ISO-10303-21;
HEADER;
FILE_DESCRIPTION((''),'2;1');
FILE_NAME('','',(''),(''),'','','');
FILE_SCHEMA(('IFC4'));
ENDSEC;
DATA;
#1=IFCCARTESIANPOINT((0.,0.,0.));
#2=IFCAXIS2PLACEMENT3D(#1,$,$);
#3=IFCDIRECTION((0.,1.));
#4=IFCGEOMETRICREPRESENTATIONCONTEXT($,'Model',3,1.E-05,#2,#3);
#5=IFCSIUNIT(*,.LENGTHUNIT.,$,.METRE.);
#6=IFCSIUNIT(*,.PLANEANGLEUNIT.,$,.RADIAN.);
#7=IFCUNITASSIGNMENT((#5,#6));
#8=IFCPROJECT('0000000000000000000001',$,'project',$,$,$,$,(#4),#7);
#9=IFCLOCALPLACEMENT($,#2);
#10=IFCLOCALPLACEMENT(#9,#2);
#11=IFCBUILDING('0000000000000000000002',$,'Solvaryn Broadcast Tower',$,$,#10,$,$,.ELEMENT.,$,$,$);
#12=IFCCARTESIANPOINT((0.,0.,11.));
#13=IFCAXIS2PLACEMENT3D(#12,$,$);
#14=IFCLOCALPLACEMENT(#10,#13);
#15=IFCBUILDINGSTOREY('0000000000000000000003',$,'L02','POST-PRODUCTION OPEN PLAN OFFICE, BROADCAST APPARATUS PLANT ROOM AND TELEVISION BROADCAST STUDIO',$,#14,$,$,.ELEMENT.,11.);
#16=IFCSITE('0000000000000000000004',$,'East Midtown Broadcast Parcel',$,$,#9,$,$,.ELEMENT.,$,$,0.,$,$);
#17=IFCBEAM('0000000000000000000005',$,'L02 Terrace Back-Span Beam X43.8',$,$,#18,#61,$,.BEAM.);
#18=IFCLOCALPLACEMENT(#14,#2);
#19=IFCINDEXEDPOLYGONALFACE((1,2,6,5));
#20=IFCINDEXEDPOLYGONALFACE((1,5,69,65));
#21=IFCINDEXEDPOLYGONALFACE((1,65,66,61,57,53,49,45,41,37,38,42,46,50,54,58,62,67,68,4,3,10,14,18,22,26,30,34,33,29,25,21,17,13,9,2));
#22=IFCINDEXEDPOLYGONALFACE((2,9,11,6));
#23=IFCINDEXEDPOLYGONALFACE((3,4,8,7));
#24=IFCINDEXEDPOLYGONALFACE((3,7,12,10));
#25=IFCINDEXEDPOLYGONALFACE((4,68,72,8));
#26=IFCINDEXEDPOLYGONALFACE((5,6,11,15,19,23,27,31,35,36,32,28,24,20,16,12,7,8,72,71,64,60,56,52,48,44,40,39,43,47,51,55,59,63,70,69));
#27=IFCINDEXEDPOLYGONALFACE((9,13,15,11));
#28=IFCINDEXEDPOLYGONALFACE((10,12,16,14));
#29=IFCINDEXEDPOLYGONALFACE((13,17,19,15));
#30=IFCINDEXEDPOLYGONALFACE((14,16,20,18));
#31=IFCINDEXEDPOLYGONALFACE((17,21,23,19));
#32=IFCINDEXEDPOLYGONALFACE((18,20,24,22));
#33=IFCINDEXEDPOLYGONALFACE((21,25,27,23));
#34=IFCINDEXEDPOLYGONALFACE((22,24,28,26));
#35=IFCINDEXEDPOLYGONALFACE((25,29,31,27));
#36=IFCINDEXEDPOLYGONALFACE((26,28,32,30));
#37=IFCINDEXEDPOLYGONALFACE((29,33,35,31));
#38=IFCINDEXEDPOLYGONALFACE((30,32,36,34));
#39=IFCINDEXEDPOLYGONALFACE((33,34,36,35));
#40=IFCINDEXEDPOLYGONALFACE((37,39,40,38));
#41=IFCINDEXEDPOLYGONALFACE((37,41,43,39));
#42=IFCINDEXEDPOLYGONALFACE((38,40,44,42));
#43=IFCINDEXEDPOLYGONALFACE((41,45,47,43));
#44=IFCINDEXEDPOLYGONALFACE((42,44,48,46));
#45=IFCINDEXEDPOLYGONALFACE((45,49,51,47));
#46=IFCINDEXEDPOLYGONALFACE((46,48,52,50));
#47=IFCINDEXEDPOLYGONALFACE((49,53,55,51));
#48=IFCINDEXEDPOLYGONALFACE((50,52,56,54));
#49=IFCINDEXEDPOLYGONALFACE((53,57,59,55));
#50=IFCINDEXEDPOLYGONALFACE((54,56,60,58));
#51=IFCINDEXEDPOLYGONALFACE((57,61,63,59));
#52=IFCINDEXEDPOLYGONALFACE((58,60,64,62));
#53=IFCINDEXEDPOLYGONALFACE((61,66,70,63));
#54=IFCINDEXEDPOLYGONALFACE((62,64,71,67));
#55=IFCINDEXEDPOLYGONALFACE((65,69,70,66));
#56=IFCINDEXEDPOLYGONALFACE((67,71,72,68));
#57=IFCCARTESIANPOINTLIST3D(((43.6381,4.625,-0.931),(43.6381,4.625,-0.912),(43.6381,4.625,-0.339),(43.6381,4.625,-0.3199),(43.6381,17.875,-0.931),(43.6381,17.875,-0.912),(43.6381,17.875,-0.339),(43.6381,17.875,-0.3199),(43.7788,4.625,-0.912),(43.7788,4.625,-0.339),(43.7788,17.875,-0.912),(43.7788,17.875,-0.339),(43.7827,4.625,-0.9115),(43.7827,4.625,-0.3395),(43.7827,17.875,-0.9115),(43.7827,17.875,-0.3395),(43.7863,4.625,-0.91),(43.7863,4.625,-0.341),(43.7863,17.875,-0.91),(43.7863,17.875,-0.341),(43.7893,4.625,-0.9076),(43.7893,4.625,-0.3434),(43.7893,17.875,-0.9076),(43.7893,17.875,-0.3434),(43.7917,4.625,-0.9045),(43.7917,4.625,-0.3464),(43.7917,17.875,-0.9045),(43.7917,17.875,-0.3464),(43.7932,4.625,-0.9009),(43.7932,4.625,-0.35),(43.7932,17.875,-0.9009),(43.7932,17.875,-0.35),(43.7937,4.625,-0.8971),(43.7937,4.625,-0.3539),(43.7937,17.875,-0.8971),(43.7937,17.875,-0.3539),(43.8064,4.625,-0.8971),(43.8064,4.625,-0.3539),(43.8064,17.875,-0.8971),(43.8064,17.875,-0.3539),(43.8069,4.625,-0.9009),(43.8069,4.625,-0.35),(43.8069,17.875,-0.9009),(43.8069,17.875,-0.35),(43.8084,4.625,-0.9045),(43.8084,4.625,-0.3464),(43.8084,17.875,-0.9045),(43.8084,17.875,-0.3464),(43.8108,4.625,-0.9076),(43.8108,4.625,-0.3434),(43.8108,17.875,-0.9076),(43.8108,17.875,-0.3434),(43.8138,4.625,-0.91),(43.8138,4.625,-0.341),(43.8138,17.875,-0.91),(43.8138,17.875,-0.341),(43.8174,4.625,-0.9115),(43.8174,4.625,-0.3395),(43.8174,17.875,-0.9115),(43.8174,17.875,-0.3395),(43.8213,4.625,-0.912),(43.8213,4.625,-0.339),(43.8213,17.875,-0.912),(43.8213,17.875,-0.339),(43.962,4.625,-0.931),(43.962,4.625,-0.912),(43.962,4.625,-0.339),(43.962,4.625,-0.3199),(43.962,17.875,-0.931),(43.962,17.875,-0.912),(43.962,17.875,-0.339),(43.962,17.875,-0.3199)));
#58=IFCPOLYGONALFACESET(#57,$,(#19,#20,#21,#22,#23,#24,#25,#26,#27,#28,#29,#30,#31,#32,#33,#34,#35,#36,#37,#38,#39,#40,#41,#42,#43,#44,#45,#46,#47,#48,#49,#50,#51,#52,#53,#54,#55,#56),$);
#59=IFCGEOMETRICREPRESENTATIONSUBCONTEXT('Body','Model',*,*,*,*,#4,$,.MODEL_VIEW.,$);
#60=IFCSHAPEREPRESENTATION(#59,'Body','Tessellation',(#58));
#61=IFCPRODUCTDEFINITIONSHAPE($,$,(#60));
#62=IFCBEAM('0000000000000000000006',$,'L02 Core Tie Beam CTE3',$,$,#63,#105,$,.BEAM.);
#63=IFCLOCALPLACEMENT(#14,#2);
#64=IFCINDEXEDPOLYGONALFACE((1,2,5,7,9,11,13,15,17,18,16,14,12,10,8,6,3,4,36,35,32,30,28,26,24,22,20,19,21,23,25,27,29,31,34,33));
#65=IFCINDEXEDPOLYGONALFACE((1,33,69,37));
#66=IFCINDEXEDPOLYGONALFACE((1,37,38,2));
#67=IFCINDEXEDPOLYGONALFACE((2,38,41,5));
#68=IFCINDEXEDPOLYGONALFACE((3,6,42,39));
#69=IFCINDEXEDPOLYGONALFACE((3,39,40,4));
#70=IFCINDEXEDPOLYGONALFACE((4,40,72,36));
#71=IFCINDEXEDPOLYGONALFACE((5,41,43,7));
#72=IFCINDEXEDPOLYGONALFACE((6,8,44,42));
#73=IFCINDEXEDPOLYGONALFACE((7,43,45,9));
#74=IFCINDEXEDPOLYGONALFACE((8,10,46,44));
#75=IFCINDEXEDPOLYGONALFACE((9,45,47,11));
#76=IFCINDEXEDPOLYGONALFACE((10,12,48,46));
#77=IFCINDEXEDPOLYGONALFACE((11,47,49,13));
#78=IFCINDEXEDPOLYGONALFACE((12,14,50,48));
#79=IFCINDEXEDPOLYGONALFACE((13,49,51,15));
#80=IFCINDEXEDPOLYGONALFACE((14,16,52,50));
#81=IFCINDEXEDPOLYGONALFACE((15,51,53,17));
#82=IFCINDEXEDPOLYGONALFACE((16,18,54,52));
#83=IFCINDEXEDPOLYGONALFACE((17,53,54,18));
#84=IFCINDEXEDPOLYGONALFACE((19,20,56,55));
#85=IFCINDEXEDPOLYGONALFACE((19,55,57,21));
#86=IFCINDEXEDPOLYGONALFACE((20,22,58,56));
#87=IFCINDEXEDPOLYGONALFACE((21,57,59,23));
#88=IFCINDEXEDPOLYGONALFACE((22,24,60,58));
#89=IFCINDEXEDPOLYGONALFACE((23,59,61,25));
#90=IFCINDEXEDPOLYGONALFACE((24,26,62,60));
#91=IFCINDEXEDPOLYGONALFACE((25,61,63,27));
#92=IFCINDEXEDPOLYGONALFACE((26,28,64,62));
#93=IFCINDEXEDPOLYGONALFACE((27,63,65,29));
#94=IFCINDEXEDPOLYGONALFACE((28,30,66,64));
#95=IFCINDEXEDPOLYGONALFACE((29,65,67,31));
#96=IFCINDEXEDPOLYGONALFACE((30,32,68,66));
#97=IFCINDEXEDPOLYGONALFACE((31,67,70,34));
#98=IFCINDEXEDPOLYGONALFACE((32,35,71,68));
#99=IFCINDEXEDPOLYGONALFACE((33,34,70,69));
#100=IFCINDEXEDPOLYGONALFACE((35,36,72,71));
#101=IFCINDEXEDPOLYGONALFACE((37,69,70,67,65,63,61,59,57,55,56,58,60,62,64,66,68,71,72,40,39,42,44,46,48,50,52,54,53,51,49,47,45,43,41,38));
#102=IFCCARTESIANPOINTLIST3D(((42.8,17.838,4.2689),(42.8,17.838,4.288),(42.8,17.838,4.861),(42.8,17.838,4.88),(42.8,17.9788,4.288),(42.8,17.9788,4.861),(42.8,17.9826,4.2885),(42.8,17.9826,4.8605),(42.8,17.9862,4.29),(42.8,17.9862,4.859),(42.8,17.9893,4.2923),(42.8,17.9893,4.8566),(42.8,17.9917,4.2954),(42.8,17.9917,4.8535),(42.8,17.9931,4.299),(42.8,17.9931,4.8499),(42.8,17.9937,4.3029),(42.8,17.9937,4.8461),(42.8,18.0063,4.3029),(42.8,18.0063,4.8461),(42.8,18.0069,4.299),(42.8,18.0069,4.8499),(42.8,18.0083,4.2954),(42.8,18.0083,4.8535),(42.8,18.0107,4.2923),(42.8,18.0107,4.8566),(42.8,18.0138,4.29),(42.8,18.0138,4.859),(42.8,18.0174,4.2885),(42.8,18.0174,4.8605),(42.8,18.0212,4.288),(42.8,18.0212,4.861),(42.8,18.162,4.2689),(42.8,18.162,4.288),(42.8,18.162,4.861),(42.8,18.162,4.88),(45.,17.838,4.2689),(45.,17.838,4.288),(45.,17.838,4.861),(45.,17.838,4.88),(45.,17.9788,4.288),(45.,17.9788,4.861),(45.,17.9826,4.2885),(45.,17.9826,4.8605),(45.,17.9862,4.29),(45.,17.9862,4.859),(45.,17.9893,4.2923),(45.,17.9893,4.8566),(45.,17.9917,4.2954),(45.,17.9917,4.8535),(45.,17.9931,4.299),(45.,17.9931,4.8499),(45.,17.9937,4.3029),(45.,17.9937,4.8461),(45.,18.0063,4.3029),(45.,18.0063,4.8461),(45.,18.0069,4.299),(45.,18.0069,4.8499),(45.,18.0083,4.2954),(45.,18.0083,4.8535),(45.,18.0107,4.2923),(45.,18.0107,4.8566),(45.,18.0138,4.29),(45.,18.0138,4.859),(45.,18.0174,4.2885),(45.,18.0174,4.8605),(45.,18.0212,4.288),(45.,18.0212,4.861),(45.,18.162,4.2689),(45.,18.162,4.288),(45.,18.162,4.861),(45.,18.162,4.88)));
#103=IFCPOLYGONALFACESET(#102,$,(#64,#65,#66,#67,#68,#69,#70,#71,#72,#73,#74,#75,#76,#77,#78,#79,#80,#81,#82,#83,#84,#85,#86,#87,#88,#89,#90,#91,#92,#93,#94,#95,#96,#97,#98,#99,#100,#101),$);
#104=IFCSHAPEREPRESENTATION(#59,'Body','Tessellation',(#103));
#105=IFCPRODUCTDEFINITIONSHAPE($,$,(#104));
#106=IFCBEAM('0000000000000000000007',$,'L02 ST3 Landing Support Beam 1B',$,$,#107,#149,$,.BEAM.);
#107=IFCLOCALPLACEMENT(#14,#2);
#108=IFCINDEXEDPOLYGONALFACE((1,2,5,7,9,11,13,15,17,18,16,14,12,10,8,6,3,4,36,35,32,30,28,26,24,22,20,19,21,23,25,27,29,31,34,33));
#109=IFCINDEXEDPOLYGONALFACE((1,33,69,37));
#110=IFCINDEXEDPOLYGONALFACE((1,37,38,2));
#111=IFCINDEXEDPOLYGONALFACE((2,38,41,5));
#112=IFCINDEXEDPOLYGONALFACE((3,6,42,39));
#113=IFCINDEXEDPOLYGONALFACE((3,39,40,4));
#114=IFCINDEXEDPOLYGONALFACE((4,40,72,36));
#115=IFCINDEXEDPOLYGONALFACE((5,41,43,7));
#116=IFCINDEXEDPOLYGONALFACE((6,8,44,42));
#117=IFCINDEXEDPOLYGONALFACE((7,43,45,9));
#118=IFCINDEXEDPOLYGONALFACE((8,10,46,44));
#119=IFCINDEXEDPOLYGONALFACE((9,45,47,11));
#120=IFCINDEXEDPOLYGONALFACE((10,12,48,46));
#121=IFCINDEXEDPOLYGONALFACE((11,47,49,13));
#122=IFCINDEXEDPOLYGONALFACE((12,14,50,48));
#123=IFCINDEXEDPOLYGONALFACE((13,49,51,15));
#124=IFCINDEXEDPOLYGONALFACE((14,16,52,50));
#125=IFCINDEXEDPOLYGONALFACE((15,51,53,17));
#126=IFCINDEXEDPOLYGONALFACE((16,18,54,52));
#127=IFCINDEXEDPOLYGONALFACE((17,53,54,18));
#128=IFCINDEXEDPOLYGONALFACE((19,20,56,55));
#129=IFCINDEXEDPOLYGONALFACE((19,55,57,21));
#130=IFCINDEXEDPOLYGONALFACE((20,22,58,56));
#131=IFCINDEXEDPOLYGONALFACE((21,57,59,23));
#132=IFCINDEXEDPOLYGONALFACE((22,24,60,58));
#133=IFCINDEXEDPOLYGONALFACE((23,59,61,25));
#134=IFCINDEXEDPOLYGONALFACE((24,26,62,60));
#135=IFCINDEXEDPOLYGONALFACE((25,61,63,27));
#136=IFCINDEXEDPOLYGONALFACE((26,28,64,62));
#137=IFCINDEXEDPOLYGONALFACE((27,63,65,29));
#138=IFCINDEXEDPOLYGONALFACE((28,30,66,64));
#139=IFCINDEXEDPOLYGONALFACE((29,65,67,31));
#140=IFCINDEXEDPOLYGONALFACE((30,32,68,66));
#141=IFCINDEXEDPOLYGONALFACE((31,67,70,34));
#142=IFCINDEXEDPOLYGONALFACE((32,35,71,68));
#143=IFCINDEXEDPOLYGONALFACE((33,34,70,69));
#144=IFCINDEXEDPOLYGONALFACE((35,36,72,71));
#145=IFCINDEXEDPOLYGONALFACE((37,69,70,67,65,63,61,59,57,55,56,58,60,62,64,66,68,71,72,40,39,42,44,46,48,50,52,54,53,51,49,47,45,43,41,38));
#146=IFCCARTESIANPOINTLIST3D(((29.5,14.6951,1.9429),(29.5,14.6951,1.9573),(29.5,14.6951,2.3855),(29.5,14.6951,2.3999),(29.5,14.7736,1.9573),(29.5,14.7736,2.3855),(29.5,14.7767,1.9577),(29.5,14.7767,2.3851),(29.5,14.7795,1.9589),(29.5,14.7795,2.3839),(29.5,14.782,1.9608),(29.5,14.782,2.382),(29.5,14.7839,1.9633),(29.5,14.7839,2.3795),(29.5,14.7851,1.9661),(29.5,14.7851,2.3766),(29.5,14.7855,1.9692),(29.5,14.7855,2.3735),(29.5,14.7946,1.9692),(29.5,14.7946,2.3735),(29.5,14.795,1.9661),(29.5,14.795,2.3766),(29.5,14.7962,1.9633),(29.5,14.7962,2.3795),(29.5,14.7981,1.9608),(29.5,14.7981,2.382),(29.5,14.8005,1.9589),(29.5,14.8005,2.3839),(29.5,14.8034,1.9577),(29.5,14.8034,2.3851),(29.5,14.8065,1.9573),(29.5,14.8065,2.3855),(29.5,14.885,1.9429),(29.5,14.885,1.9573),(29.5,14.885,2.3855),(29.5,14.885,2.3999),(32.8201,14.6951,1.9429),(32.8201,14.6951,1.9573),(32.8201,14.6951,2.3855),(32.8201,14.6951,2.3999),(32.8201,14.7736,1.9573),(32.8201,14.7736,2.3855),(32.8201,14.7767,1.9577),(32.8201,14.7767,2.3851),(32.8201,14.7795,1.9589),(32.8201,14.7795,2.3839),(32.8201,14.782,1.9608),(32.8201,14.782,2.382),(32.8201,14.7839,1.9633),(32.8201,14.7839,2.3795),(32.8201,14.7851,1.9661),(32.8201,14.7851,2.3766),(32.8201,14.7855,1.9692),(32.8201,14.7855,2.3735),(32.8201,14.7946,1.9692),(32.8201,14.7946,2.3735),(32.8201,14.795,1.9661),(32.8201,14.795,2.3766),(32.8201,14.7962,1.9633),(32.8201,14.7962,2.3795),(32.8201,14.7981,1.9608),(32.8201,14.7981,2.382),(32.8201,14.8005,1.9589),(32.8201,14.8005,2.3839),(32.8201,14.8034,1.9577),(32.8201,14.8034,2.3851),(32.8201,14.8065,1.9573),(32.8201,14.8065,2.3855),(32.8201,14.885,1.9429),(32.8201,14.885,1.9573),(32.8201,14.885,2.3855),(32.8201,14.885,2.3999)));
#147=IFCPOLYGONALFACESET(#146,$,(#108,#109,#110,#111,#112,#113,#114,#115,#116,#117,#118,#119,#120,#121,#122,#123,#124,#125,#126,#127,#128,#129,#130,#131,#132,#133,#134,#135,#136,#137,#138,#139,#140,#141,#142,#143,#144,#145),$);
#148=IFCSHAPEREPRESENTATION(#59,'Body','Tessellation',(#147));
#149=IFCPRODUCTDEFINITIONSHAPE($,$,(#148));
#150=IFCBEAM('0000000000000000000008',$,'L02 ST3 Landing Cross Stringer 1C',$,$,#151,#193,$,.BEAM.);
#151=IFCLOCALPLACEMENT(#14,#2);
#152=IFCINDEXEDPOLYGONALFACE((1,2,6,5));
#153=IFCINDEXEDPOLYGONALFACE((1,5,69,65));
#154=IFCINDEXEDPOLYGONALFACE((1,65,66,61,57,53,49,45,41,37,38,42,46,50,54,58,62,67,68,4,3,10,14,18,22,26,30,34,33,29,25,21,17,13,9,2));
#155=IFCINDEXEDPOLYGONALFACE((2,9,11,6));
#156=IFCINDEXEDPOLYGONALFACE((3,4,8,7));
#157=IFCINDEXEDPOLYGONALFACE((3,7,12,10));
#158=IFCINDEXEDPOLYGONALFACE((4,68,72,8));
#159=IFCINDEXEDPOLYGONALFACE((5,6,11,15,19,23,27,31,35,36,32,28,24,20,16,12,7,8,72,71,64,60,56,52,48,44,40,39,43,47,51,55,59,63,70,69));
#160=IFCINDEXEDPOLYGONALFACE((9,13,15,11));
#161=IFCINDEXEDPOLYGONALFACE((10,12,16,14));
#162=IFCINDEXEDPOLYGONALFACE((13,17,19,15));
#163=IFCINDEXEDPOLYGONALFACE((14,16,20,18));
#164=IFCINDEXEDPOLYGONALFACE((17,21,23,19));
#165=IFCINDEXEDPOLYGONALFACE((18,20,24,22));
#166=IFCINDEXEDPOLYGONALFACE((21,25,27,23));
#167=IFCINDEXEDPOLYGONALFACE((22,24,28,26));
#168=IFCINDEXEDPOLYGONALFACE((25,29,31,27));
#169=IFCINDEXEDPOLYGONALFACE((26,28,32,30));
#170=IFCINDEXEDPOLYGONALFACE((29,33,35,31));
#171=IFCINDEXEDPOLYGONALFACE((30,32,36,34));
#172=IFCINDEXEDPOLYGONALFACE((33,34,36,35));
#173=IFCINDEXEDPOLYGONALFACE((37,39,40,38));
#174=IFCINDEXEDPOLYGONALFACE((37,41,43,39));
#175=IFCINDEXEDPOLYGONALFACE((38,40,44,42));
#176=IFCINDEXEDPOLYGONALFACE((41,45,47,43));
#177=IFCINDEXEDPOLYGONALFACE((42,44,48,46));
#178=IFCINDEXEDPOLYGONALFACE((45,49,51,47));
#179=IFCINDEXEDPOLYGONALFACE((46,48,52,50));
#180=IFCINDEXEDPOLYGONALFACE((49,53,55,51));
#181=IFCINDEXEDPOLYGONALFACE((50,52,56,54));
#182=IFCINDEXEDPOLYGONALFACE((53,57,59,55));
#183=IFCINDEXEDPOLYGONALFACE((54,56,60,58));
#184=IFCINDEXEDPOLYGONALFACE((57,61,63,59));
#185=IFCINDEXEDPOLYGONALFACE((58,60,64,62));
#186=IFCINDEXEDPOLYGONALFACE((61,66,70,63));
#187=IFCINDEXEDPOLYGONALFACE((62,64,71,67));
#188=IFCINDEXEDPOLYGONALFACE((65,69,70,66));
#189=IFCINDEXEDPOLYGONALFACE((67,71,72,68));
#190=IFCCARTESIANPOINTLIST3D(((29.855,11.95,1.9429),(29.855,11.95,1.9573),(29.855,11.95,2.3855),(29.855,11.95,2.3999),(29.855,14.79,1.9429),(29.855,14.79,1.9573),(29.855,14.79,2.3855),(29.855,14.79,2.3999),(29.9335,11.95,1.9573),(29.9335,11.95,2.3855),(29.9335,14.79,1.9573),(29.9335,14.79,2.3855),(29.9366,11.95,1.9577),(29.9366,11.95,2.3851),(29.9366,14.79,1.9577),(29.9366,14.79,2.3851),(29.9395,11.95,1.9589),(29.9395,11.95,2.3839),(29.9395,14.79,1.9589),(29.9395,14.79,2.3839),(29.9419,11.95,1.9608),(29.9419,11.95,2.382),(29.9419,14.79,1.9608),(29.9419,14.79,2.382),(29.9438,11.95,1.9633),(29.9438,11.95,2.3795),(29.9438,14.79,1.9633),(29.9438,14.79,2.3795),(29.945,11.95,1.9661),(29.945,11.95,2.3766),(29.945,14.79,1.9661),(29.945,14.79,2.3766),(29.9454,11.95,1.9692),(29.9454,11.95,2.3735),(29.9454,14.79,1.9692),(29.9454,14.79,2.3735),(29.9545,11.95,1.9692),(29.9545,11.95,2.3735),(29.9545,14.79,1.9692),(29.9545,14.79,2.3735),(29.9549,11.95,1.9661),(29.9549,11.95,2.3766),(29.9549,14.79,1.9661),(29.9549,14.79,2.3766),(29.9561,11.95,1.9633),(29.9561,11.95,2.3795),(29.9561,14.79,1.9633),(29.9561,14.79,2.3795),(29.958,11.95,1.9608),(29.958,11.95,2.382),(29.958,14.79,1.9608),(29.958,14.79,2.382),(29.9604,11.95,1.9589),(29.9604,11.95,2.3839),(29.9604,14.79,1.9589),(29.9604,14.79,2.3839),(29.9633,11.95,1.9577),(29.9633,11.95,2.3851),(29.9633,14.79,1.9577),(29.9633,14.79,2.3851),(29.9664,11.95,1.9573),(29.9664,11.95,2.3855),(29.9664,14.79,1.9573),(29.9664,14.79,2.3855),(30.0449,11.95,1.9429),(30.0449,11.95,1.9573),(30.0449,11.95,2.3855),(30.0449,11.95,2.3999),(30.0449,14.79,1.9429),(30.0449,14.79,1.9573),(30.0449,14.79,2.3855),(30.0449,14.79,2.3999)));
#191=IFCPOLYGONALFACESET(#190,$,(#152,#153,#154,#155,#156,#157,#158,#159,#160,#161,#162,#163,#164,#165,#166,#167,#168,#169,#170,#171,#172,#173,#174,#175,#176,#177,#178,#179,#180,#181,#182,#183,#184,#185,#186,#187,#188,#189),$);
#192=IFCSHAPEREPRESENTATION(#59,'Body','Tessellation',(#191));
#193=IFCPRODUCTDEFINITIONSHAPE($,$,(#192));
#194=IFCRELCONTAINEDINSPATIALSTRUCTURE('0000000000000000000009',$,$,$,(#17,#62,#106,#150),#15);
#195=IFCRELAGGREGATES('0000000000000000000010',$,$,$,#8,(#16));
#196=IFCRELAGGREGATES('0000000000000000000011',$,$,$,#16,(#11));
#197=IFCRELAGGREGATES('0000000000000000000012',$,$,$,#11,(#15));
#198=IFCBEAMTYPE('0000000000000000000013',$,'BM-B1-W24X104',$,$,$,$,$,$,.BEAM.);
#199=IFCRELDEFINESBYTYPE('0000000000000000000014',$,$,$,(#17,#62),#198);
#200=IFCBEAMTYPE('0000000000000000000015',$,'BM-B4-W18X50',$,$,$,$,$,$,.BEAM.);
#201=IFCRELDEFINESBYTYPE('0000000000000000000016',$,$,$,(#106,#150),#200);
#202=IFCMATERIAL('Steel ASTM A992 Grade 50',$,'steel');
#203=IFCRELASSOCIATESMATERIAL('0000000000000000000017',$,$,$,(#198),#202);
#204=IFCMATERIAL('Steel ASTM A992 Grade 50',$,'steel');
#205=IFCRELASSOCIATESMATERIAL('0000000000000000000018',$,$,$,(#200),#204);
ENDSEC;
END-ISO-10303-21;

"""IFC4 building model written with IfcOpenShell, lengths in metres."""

from ifc_helpers import new_model, si_unit, direction, frame, origin, origin_2d, place, context, subcontext, project, spatial, i_section, extrude, material, material_profile, profile_set, type_object, element, save


model = new_model("IFC4")

# Units and contexts
model_context = context("Model", 3, precision=1e-05, world=origin(), true_north=direction((0.0, 1.0)))
body_context = subcontext(model_context, "Body", "Model", "MODEL_VIEW")
ifc_project = project(units=[si_unit("LENGTHUNIT", "METRE"), si_unit("PLANEANGLEUNIT", "RADIAN")], contexts=[model_context])

# Site, building, storey
site_placement = place(None, origin())
site = spatial("IfcSite", under=ifc_project, at=site_placement, Name="East Midtown Broadcast Parcel", CompositionType="ELEMENT", RefElevation=0.0)
building_placement = place(site_placement, origin())
building = spatial("IfcBuilding", under=site, at=building_placement, Name="Solvaryn Broadcast Tower", CompositionType="ELEMENT")
storey_placement = place(building_placement, frame((0.0, 0.0, 11.0)))
storey = spatial("IfcBuildingStorey", under=building, at=storey_placement, Name="L02", Description="POST-PRODUCTION OPEN PLAN OFFICE, BROADCAST APPARATUS PLANT ROOM AND TELEVISION BROADCAST STUDIO", CompositionType="ELEMENT", Elevation=11.0)

# Beams
ifc_material_1 = material(Name="Steel ASTM A992 Grade 50", Category="steel")
ifc_material_profile_1 = material_profile(ifc_material_1, i_section(OverallWidth=0.324, OverallDepth=0.6111, WebThickness=0.0127, FlangeThickness=0.019, FilletRadius=0.0149, at=origin_2d()))
ifc_profile_set_1 = profile_set([ifc_material_profile_1], Name="Steel ASTM A992 Grade 50")
beam_type_1 = type_object("IfcBeamType", Name="BM-B1-W24X104", PredefinedType="BEAM", material=ifc_profile_set_1)
beam_1_placement = place(storey_placement, frame((43.8, 17.875, -0.6255), z_axis=(0.0, -1.0, 0.0), x_axis=(1.0, 0.0, 0.0)))
element("IfcBeam", 1, at=beam_1_placement, inside=storey, type_object=beam_type_1, Name="L02 Terrace Back-Span Beam X43.8", PredefinedType="BEAM", context=body_context, shape_type="SweptSolid", body=[
    extrude(i_section(OverallWidth=0.324, OverallDepth=0.6111, WebThickness=0.0127, FlangeThickness=0.019, FilletRadius=0.0149, at=origin_2d()), origin(), (0.0, 0.0, 1.0), 13.25),
])
beam_2_placement = place(storey_placement, frame((42.8, 18.0, 4.5745), z_axis=(1.0, 0.0, 0.0), x_axis=(0.0, 1.0, 0.0)))
element("IfcBeam", 2, at=beam_2_placement, inside=storey, type_object=beam_type_1, Name="L02 Core Tie Beam CTE3", PredefinedType="BEAM", context=body_context, shape_type="SweptSolid", body=[
    extrude(i_section(OverallWidth=0.324, OverallDepth=0.6111, WebThickness=0.0127, FlangeThickness=0.019, FilletRadius=0.0149, at=origin_2d()), origin(), (0.0, 0.0, 1.0), 2.2),
])
ifc_material_2 = material(Name="Steel ASTM A992 Grade 50", Category="steel")
ifc_material_profile_2 = material_profile(ifc_material_2, i_section(OverallWidth=0.1899, OverallDepth=0.457, WebThickness=0.009, FlangeThickness=0.0144, FilletRadius=0.012, at=origin_2d()))
ifc_profile_set_2 = profile_set([ifc_material_profile_2], Name="Steel ASTM A992 Grade 50")
beam_type_2 = type_object("IfcBeamType", Name="BM-B4-W18X50", PredefinedType="BEAM", material=ifc_profile_set_2)
beam_3_placement = place(storey_placement, frame((29.5, 14.79, 2.1714), z_axis=(1.0, 0.0, 0.0), x_axis=(0.0, 1.0, 0.0)))
element("IfcBeam", 3, at=beam_3_placement, inside=storey, type_object=beam_type_2, Name="L02 ST3 Landing Support Beam 1B", PredefinedType="BEAM", context=body_context, shape_type="SweptSolid", body=[
    extrude(i_section(OverallWidth=0.1899, OverallDepth=0.457, WebThickness=0.009, FlangeThickness=0.0144, FilletRadius=0.012, at=origin_2d()), origin(), (0.0, 0.0, 1.0), 3.3201),
])
beam_4_placement = place(storey_placement, frame((29.95, 11.95, 2.1714), z_axis=(0.0, 1.0, 0.0), x_axis=(-1.0, 0.0, 0.0)))
element("IfcBeam", 4, at=beam_4_placement, inside=storey, type_object=beam_type_2, Name="L02 ST3 Landing Cross Stringer 1C", PredefinedType="BEAM", context=body_context, shape_type="SweptSolid", body=[
    extrude(i_section(OverallWidth=0.1899, OverallDepth=0.457, WebThickness=0.009, FlangeThickness=0.0144, FilletRadius=0.012, at=origin_2d()), origin(), (0.0, 0.0, 1.0), 2.8401),
])

save(model, "model.ifc")
